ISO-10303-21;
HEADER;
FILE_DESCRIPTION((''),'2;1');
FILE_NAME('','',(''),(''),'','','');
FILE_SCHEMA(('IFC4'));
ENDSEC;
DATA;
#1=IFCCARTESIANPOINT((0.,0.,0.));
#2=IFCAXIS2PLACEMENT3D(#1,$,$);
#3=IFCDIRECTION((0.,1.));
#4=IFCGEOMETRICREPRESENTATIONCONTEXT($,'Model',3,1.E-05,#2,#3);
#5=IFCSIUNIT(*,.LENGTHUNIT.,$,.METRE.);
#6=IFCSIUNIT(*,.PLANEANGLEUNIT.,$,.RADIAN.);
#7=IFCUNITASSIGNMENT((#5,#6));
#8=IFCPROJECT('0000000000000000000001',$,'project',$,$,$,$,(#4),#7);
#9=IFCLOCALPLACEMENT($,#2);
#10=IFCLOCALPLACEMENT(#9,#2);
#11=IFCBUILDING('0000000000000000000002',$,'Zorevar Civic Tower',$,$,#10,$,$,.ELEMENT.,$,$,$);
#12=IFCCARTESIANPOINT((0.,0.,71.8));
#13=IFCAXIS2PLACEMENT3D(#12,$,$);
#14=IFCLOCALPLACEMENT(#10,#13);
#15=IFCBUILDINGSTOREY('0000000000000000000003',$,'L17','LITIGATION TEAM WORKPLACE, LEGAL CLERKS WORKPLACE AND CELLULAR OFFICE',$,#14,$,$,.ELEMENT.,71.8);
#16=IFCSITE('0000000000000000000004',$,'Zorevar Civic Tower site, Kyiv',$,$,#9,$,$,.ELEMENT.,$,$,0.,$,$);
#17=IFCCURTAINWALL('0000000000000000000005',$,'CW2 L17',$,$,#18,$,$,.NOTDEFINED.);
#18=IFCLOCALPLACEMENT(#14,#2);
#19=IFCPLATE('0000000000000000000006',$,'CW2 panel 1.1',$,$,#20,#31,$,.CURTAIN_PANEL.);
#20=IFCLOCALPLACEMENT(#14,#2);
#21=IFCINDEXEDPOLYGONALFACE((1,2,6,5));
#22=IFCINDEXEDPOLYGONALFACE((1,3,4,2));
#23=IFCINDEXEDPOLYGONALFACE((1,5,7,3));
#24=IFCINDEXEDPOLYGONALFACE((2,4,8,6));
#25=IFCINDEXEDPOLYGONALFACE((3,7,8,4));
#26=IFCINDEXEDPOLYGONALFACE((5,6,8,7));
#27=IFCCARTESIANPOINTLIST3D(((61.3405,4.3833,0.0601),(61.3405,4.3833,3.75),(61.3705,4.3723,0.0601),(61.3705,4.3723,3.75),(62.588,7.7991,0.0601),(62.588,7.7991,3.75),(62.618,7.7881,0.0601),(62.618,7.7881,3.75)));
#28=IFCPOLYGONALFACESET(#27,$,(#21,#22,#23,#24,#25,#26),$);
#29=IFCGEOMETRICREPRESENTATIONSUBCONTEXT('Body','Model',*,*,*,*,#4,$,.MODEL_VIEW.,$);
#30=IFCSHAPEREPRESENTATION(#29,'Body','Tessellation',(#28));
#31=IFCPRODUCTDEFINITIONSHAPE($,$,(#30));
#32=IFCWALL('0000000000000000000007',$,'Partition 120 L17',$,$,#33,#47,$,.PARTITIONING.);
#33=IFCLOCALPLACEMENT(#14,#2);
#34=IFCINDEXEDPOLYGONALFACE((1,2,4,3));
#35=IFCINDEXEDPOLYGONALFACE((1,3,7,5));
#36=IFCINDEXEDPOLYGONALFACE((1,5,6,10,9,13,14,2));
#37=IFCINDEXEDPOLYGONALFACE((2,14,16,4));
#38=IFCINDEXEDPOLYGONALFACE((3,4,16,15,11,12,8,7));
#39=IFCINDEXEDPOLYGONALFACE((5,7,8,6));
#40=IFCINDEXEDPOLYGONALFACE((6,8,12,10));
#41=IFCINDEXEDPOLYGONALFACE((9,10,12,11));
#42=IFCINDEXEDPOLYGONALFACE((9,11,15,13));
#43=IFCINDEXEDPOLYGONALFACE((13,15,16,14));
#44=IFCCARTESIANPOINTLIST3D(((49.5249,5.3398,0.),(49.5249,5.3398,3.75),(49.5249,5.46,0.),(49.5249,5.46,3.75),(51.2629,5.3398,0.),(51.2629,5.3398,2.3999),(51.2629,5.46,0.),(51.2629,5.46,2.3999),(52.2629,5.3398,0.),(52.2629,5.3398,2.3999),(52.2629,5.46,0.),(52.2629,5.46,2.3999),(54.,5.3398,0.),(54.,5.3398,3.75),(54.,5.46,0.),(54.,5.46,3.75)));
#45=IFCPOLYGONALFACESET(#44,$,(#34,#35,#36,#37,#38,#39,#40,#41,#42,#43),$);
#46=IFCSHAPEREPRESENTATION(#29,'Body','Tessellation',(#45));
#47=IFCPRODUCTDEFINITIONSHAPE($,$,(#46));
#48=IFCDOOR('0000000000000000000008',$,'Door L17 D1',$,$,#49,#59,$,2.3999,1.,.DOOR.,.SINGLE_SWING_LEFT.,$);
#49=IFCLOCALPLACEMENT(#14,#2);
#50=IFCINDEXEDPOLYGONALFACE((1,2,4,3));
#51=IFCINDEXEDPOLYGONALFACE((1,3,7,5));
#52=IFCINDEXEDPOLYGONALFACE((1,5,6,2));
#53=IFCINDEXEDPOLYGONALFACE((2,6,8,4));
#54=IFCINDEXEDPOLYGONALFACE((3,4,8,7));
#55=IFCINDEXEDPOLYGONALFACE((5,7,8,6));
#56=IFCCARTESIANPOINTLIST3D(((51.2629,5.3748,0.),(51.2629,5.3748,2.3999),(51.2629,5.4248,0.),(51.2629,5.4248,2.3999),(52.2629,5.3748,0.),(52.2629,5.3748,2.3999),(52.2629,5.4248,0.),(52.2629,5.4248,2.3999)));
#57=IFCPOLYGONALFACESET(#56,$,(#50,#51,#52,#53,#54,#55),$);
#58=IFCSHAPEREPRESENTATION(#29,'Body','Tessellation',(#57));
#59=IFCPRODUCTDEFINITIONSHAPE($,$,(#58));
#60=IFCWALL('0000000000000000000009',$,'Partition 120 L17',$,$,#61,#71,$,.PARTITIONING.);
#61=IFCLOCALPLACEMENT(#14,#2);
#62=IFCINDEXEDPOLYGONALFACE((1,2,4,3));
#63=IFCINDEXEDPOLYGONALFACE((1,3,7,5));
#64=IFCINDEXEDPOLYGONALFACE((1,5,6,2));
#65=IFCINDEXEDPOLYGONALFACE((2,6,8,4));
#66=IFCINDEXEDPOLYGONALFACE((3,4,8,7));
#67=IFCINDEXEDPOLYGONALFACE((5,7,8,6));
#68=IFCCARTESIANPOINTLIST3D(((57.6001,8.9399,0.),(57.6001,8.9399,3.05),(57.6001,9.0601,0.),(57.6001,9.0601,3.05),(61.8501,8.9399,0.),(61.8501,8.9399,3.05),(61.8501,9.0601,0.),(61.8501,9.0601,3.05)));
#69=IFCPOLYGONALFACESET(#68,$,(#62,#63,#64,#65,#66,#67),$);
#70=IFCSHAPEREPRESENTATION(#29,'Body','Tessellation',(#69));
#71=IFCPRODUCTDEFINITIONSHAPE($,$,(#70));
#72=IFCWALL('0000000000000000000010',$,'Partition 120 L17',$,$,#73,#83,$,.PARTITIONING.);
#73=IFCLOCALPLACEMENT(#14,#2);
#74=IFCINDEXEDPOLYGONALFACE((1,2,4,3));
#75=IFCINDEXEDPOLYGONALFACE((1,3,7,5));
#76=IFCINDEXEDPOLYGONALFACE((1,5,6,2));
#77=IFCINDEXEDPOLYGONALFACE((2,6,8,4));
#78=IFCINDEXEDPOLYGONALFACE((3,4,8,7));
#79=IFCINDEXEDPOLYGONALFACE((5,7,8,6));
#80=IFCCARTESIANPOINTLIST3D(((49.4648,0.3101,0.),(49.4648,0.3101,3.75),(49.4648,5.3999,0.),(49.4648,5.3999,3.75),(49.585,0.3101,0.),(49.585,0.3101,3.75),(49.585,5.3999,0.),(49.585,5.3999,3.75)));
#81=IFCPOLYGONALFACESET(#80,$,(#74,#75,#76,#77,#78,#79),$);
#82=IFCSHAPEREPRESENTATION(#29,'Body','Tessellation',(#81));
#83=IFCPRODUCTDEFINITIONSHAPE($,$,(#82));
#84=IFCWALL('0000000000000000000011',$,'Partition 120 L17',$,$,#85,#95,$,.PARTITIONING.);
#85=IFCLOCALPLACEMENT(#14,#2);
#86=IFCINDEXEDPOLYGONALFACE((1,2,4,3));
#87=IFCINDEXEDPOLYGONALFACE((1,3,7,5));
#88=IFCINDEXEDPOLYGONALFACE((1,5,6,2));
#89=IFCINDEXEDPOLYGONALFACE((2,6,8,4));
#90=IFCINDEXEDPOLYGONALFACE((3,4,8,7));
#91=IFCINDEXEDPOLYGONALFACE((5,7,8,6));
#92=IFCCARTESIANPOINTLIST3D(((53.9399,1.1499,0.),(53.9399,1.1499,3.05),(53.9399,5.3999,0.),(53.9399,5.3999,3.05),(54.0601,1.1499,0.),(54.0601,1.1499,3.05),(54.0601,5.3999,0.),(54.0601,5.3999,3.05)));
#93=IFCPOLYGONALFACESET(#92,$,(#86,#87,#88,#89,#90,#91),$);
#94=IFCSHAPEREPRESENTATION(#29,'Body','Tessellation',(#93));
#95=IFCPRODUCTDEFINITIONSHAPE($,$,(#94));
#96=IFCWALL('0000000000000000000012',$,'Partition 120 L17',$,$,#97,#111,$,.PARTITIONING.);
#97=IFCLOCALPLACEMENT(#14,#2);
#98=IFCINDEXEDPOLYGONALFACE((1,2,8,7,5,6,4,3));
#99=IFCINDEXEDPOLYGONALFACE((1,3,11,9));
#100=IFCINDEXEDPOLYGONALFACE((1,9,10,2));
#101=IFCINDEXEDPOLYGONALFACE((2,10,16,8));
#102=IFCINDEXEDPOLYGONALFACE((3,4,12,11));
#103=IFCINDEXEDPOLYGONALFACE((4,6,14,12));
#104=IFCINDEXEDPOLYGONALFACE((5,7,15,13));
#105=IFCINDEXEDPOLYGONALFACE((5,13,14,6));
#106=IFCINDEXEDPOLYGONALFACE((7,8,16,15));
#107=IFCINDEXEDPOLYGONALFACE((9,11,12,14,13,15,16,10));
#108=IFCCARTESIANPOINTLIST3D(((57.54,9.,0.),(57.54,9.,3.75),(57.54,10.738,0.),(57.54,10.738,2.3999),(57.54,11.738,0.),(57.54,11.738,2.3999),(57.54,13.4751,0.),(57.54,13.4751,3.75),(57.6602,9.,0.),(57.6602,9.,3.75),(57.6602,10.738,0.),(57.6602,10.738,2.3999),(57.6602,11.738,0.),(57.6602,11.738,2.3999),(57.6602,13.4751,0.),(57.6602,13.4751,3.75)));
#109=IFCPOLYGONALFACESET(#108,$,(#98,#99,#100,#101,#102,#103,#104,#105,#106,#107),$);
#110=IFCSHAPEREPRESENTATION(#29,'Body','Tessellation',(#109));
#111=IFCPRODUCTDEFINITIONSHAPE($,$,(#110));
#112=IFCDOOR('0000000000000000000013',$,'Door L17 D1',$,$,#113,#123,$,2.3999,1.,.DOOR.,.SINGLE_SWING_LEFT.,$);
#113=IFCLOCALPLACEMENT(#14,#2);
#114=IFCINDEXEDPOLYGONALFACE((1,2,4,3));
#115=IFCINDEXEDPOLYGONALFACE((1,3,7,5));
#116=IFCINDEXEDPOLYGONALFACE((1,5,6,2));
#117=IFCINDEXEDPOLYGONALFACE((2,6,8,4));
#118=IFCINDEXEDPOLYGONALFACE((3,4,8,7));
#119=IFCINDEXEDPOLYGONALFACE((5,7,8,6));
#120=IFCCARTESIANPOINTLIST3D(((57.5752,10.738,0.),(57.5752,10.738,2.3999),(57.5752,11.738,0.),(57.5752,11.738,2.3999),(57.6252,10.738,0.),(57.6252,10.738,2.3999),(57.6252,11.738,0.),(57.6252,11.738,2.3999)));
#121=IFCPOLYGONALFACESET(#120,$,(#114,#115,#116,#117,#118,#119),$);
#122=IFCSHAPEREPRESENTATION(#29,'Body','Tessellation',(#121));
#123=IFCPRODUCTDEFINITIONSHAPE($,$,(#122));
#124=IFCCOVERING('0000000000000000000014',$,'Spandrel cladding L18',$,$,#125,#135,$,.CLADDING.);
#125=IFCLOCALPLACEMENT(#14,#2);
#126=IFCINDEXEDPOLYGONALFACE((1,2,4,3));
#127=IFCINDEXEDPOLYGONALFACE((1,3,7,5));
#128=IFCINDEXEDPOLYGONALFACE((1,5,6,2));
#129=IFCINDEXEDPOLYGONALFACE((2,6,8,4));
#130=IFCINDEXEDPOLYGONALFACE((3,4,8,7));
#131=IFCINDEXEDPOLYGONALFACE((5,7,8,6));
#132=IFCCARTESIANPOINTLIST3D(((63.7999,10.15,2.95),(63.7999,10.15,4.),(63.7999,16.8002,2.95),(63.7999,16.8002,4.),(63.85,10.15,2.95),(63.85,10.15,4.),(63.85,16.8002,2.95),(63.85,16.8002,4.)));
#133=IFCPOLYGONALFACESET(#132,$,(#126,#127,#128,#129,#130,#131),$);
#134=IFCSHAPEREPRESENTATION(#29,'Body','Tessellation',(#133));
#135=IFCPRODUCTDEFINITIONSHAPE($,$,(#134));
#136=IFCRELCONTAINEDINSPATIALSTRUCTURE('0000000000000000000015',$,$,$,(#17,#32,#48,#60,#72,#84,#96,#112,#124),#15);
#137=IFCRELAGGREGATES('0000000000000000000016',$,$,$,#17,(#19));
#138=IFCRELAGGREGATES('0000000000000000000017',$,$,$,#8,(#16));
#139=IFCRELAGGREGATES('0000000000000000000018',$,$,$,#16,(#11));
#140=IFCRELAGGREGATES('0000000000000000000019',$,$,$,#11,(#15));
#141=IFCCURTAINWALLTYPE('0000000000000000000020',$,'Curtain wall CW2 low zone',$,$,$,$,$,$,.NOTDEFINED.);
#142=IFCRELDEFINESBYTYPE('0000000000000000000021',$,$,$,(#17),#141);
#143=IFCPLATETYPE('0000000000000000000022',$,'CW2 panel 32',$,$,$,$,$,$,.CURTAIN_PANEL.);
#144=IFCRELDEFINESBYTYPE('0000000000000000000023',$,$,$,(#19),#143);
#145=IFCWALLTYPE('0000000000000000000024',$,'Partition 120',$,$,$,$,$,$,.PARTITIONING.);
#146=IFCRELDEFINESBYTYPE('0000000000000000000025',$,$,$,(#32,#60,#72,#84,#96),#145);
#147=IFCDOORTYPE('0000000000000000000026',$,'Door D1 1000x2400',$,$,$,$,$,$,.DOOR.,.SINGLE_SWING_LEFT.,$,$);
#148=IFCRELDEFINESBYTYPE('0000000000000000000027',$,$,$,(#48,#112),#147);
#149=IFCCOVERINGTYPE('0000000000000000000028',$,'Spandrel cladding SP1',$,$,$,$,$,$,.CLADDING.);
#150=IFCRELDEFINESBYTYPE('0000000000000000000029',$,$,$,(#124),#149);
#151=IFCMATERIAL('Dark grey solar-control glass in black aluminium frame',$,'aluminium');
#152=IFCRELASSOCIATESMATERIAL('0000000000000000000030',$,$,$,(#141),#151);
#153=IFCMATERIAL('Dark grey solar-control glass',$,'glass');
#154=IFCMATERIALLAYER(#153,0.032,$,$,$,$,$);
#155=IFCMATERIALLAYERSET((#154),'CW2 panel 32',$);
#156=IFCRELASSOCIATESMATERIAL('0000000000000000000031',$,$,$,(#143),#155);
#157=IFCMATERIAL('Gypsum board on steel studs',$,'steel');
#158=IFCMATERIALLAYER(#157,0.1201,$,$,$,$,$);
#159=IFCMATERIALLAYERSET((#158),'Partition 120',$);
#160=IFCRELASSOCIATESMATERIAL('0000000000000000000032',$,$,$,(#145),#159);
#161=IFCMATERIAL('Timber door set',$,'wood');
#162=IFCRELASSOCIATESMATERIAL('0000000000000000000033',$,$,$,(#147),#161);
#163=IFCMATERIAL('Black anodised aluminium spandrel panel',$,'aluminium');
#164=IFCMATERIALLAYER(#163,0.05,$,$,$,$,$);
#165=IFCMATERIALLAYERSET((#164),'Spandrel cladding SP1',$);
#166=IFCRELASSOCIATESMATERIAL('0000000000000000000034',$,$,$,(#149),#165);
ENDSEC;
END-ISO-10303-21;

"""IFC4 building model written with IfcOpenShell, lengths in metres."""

from ifc_helpers import new_model, si_unit, direction, frame, frame_2d, origin, origin_2d, place, context, subcontext, project, spatial, rectangle, extrude, material, layer, layer_set, type_object, element, fill, aggregate, save


model = new_model("IFC4")

# Units and contexts
model_context = context("Model", 3, precision=1e-05, world=origin(), true_north=direction((0.0, 1.0)))
body_context = subcontext(model_context, "Body", "Model", "MODEL_VIEW")
ifc_project = project(units=[si_unit("LENGTHUNIT", "METRE"), si_unit("PLANEANGLEUNIT", "RADIAN")], contexts=[model_context])

# Site, building, storey
site_placement = place(None, origin())
site = spatial("IfcSite", under=ifc_project, at=site_placement, Name="Zorevar Civic Tower site, Kyiv", CompositionType="ELEMENT", RefElevation=0.0)
building_placement = place(site_placement, origin())
building = spatial("IfcBuilding", under=site, at=building_placement, Name="Zorevar Civic Tower", CompositionType="ELEMENT")
storey_placement = place(building_placement, frame((0.0, 0.0, 71.8)))
storey = spatial("IfcBuildingStorey", under=building, at=storey_placement, Name="L17", Description="LITIGATION TEAM WORKPLACE, LEGAL CLERKS WORKPLACE AND CELLULAR OFFICE", CompositionType="ELEMENT", Elevation=71.8)

# Shared definitions
ifc_material_1 = material(Name="Dark grey solar-control glass in black aluminium frame", Category="aluminium")
curtain_wall_type = type_object("IfcCurtainWallType", Name="Curtain wall CW2 low zone", PredefinedType="NOTDEFINED", material=ifc_material_1)

# Curtain wall
curtain_wall_1_placement = place(storey_placement, origin())
curtain_wall_1 = element("IfcCurtainWall", 1, at=curtain_wall_1_placement, inside=storey, type_object=curtain_wall_type, Name="CW2 L17", PredefinedType="NOTDEFINED")

# Plate
ifc_material_2 = material(Name="Dark grey solar-control glass", Category="glass")
ifc_layer_1 = layer(ifc_material_2, 0.032)
ifc_layer_set_1 = layer_set([ifc_layer_1], Name="CW2 panel 32")
plate_type = type_object("IfcPlateType", Name="CW2 panel 32", PredefinedType="CURTAIN_PANEL", material=ifc_layer_set_1)
plate_1_placement = place(storey_placement, frame((61.9792, 6.0857, 0.0601), z_axis=(0.0, 0.0, 1.0), x_axis=(0.34306, 0.939313, 0.0)))
plate_1 = element("IfcPlate", 2, at=plate_1_placement, type_object=plate_type, Name="CW2 panel 1.1", PredefinedType="CURTAIN_PANEL", context=body_context, shape_type="SweptSolid", body=[
    extrude(rectangle(XDim=3.6365, YDim=0.032, at=origin_2d()), origin(), (0.0, 0.0, 1.0), 3.6899),
])
aggregate(curtain_wall_1, [plate_1])

# Wall, opening, door
ifc_material_3 = material(Name="Gypsum board on steel studs", Category="steel")
ifc_layer_2 = layer(ifc_material_3, 0.1201)
ifc_layer_set_2 = layer_set([ifc_layer_2], Name="Partition 120")
wall_type = type_object("IfcWallType", Name="Partition 120", PredefinedType="PARTITIONING", material=ifc_layer_set_2)
wall_1_placement = place(storey_placement, frame((49.5249, 5.3999, 0.0), z_axis=(0.0, 0.0, 1.0), x_axis=(1.0, 0.0, 0.0)))
wall_1 = element("IfcWall", 3, at=wall_1_placement, inside=storey, type_object=wall_type, Name="Partition 120 L17", PredefinedType="PARTITIONING", context=body_context, shape_type="SweptSolid", body=[
    extrude(rectangle(XDim=4.4751, YDim=0.1201, at=frame_2d((2.2375, 0.0))), origin(), (0.0, 0.0, 1.0), 3.75),
])
opening_1_placement = place(wall_1_placement, frame((1.738, 0.0, 0.0)))
opening_1 = element("IfcOpeningElement", 4, at=opening_1_placement, cuts=wall_1, PredefinedType="OPENING", context=body_context, shape_type="SweptSolid", body=[
    extrude(rectangle(XDim=1.0, YDim=2.3999, at=frame_2d((0.5, 1.2))), frame((0.0, 0.0701, 0.0), z_axis=(0.0, -1.0, 0.0), x_axis=(1.0, 0.0, 0.0)), (0.0, 0.0, 1.0), 0.1401),
])
ifc_material_4 = material(Name="Timber door set", Category="wood")
door_type = type_object("IfcDoorType", Name="Door D1 1000x2400", OperationType="SINGLE_SWING_LEFT", PredefinedType="DOOR", material=ifc_material_4)
door_1_placement = place(opening_1_placement, origin())
door_1 = element("IfcDoor", 5, at=door_1_placement, inside=storey, type_object=door_type, Name="Door L17 D1", OperationType="SINGLE_SWING_LEFT", OverallHeight=2.3999, OverallWidth=1.0, PredefinedType="DOOR", context=body_context, shape_type="SweptSolid", body=[
    extrude(rectangle(XDim=1.0, YDim=2.3999, at=frame_2d((0.5, 1.2))), frame((0.0, 0.0249, 0.0), z_axis=(0.0, -1.0, 0.0), x_axis=(1.0, 0.0, 0.0)), (0.0, 0.0, 1.0), 0.05),
])
fill(opening_1, door_1)

# Walls
wall_2_placement = place(storey_placement, frame((57.6001, 9.0, 0.0), z_axis=(0.0, 0.0, 1.0), x_axis=(1.0, 0.0, 0.0)))
element("IfcWall", 6, at=wall_2_placement, inside=storey, type_object=wall_type, Name="Partition 120 L17", PredefinedType="PARTITIONING", context=body_context, shape_type="SweptSolid", body=[
    extrude(rectangle(XDim=4.25, YDim=0.1201, at=frame_2d((2.125, 0.0))), origin(), (0.0, 0.0, 1.0), 3.05),
])
wall_3_placement = place(storey_placement, frame((49.5249, 0.3101, 0.0), z_axis=(0.0, 0.0, 1.0), x_axis=(0.0, 1.0, 0.0)))
element("IfcWall", 7, at=wall_3_placement, inside=storey, type_object=wall_type, Name="Partition 120 L17", PredefinedType="PARTITIONING", context=body_context, shape_type="SweptSolid", body=[
    extrude(rectangle(XDim=5.0898, YDim=0.1201, at=frame_2d((2.5449, 0.0))), origin(), (0.0, 0.0, 1.0), 3.75),
])
wall_4_placement = place(storey_placement, frame((54.0, 1.1499, 0.0), z_axis=(0.0, 0.0, 1.0), x_axis=(0.0, 1.0, 0.0)))
element("IfcWall", 8, at=wall_4_placement, inside=storey, type_object=wall_type, Name="Partition 120 L17", PredefinedType="PARTITIONING", context=body_context, shape_type="SweptSolid", body=[
    extrude(rectangle(XDim=4.25, YDim=0.1201, at=frame_2d((2.125, 0.0))), origin(), (0.0, 0.0, 1.0), 3.05),
])

# Wall, opening, door
wall_5_placement = place(storey_placement, frame((57.6001, 9.0, 0.0), z_axis=(0.0, 0.0, 1.0), x_axis=(0.0, 1.0, 0.0)))
wall_5 = element("IfcWall", 9, at=wall_5_placement, inside=storey, type_object=wall_type, Name="Partition 120 L17", PredefinedType="PARTITIONING", context=body_context, shape_type="SweptSolid", body=[
    extrude(rectangle(XDim=4.4751, YDim=0.1201, at=frame_2d((2.2375, 0.0))), origin(), (0.0, 0.0, 1.0), 3.75),
])
opening_2_placement = place(wall_5_placement, frame((1.738, 0.0, 0.0)))
opening_2 = element("IfcOpeningElement", 10, at=opening_2_placement, cuts=wall_5, PredefinedType="OPENING", context=body_context, shape_type="SweptSolid", body=[
    extrude(rectangle(XDim=1.0, YDim=2.3999, at=frame_2d((0.5, 1.2))), frame((0.0, 0.0701, 0.0), z_axis=(0.0, -1.0, 0.0), x_axis=(1.0, 0.0, 0.0)), (0.0, 0.0, 1.0), 0.1401),
])
door_2_placement = place(opening_2_placement, origin())
door_2 = element("IfcDoor", 11, at=door_2_placement, inside=storey, type_object=door_type, Name="Door L17 D1", OperationType="SINGLE_SWING_LEFT", OverallHeight=2.3999, OverallWidth=1.0, PredefinedType="DOOR", context=body_context, shape_type="SweptSolid", body=[
    extrude(rectangle(XDim=1.0, YDim=2.3999, at=frame_2d((0.5, 1.2))), frame((0.0, 0.0249, 0.0), z_axis=(0.0, -1.0, 0.0), x_axis=(1.0, 0.0, 0.0)), (0.0, 0.0, 1.0), 0.05),
])
fill(opening_2, door_2)

# Covering
ifc_material_5 = material(Name="Black anodised aluminium spandrel panel", Category="aluminium")
ifc_layer_3 = layer(ifc_material_5, 0.05)
ifc_layer_set_3 = layer_set([ifc_layer_3], Name="Spandrel cladding SP1")
covering_type = type_object("IfcCoveringType", Name="Spandrel cladding SP1", PredefinedType="CLADDING", material=ifc_layer_set_3)
covering_placement = place(storey_placement, frame((63.825, 10.1499, 2.95), z_axis=(0.0, 0.0, 1.0), x_axis=(0.0, 1.0, 0.0)))
element("IfcCovering", 12, at=covering_placement, inside=storey, type_object=covering_type, Name="Spandrel cladding L18", PredefinedType="CLADDING", context=body_context, shape_type="SweptSolid", body=[
    extrude(rectangle(XDim=6.6501, YDim=0.05, at=frame_2d((3.3252, 0.0))), origin(), (0.0, 0.0, 1.0), 1.05),
])

save(model, "model.ifc")
